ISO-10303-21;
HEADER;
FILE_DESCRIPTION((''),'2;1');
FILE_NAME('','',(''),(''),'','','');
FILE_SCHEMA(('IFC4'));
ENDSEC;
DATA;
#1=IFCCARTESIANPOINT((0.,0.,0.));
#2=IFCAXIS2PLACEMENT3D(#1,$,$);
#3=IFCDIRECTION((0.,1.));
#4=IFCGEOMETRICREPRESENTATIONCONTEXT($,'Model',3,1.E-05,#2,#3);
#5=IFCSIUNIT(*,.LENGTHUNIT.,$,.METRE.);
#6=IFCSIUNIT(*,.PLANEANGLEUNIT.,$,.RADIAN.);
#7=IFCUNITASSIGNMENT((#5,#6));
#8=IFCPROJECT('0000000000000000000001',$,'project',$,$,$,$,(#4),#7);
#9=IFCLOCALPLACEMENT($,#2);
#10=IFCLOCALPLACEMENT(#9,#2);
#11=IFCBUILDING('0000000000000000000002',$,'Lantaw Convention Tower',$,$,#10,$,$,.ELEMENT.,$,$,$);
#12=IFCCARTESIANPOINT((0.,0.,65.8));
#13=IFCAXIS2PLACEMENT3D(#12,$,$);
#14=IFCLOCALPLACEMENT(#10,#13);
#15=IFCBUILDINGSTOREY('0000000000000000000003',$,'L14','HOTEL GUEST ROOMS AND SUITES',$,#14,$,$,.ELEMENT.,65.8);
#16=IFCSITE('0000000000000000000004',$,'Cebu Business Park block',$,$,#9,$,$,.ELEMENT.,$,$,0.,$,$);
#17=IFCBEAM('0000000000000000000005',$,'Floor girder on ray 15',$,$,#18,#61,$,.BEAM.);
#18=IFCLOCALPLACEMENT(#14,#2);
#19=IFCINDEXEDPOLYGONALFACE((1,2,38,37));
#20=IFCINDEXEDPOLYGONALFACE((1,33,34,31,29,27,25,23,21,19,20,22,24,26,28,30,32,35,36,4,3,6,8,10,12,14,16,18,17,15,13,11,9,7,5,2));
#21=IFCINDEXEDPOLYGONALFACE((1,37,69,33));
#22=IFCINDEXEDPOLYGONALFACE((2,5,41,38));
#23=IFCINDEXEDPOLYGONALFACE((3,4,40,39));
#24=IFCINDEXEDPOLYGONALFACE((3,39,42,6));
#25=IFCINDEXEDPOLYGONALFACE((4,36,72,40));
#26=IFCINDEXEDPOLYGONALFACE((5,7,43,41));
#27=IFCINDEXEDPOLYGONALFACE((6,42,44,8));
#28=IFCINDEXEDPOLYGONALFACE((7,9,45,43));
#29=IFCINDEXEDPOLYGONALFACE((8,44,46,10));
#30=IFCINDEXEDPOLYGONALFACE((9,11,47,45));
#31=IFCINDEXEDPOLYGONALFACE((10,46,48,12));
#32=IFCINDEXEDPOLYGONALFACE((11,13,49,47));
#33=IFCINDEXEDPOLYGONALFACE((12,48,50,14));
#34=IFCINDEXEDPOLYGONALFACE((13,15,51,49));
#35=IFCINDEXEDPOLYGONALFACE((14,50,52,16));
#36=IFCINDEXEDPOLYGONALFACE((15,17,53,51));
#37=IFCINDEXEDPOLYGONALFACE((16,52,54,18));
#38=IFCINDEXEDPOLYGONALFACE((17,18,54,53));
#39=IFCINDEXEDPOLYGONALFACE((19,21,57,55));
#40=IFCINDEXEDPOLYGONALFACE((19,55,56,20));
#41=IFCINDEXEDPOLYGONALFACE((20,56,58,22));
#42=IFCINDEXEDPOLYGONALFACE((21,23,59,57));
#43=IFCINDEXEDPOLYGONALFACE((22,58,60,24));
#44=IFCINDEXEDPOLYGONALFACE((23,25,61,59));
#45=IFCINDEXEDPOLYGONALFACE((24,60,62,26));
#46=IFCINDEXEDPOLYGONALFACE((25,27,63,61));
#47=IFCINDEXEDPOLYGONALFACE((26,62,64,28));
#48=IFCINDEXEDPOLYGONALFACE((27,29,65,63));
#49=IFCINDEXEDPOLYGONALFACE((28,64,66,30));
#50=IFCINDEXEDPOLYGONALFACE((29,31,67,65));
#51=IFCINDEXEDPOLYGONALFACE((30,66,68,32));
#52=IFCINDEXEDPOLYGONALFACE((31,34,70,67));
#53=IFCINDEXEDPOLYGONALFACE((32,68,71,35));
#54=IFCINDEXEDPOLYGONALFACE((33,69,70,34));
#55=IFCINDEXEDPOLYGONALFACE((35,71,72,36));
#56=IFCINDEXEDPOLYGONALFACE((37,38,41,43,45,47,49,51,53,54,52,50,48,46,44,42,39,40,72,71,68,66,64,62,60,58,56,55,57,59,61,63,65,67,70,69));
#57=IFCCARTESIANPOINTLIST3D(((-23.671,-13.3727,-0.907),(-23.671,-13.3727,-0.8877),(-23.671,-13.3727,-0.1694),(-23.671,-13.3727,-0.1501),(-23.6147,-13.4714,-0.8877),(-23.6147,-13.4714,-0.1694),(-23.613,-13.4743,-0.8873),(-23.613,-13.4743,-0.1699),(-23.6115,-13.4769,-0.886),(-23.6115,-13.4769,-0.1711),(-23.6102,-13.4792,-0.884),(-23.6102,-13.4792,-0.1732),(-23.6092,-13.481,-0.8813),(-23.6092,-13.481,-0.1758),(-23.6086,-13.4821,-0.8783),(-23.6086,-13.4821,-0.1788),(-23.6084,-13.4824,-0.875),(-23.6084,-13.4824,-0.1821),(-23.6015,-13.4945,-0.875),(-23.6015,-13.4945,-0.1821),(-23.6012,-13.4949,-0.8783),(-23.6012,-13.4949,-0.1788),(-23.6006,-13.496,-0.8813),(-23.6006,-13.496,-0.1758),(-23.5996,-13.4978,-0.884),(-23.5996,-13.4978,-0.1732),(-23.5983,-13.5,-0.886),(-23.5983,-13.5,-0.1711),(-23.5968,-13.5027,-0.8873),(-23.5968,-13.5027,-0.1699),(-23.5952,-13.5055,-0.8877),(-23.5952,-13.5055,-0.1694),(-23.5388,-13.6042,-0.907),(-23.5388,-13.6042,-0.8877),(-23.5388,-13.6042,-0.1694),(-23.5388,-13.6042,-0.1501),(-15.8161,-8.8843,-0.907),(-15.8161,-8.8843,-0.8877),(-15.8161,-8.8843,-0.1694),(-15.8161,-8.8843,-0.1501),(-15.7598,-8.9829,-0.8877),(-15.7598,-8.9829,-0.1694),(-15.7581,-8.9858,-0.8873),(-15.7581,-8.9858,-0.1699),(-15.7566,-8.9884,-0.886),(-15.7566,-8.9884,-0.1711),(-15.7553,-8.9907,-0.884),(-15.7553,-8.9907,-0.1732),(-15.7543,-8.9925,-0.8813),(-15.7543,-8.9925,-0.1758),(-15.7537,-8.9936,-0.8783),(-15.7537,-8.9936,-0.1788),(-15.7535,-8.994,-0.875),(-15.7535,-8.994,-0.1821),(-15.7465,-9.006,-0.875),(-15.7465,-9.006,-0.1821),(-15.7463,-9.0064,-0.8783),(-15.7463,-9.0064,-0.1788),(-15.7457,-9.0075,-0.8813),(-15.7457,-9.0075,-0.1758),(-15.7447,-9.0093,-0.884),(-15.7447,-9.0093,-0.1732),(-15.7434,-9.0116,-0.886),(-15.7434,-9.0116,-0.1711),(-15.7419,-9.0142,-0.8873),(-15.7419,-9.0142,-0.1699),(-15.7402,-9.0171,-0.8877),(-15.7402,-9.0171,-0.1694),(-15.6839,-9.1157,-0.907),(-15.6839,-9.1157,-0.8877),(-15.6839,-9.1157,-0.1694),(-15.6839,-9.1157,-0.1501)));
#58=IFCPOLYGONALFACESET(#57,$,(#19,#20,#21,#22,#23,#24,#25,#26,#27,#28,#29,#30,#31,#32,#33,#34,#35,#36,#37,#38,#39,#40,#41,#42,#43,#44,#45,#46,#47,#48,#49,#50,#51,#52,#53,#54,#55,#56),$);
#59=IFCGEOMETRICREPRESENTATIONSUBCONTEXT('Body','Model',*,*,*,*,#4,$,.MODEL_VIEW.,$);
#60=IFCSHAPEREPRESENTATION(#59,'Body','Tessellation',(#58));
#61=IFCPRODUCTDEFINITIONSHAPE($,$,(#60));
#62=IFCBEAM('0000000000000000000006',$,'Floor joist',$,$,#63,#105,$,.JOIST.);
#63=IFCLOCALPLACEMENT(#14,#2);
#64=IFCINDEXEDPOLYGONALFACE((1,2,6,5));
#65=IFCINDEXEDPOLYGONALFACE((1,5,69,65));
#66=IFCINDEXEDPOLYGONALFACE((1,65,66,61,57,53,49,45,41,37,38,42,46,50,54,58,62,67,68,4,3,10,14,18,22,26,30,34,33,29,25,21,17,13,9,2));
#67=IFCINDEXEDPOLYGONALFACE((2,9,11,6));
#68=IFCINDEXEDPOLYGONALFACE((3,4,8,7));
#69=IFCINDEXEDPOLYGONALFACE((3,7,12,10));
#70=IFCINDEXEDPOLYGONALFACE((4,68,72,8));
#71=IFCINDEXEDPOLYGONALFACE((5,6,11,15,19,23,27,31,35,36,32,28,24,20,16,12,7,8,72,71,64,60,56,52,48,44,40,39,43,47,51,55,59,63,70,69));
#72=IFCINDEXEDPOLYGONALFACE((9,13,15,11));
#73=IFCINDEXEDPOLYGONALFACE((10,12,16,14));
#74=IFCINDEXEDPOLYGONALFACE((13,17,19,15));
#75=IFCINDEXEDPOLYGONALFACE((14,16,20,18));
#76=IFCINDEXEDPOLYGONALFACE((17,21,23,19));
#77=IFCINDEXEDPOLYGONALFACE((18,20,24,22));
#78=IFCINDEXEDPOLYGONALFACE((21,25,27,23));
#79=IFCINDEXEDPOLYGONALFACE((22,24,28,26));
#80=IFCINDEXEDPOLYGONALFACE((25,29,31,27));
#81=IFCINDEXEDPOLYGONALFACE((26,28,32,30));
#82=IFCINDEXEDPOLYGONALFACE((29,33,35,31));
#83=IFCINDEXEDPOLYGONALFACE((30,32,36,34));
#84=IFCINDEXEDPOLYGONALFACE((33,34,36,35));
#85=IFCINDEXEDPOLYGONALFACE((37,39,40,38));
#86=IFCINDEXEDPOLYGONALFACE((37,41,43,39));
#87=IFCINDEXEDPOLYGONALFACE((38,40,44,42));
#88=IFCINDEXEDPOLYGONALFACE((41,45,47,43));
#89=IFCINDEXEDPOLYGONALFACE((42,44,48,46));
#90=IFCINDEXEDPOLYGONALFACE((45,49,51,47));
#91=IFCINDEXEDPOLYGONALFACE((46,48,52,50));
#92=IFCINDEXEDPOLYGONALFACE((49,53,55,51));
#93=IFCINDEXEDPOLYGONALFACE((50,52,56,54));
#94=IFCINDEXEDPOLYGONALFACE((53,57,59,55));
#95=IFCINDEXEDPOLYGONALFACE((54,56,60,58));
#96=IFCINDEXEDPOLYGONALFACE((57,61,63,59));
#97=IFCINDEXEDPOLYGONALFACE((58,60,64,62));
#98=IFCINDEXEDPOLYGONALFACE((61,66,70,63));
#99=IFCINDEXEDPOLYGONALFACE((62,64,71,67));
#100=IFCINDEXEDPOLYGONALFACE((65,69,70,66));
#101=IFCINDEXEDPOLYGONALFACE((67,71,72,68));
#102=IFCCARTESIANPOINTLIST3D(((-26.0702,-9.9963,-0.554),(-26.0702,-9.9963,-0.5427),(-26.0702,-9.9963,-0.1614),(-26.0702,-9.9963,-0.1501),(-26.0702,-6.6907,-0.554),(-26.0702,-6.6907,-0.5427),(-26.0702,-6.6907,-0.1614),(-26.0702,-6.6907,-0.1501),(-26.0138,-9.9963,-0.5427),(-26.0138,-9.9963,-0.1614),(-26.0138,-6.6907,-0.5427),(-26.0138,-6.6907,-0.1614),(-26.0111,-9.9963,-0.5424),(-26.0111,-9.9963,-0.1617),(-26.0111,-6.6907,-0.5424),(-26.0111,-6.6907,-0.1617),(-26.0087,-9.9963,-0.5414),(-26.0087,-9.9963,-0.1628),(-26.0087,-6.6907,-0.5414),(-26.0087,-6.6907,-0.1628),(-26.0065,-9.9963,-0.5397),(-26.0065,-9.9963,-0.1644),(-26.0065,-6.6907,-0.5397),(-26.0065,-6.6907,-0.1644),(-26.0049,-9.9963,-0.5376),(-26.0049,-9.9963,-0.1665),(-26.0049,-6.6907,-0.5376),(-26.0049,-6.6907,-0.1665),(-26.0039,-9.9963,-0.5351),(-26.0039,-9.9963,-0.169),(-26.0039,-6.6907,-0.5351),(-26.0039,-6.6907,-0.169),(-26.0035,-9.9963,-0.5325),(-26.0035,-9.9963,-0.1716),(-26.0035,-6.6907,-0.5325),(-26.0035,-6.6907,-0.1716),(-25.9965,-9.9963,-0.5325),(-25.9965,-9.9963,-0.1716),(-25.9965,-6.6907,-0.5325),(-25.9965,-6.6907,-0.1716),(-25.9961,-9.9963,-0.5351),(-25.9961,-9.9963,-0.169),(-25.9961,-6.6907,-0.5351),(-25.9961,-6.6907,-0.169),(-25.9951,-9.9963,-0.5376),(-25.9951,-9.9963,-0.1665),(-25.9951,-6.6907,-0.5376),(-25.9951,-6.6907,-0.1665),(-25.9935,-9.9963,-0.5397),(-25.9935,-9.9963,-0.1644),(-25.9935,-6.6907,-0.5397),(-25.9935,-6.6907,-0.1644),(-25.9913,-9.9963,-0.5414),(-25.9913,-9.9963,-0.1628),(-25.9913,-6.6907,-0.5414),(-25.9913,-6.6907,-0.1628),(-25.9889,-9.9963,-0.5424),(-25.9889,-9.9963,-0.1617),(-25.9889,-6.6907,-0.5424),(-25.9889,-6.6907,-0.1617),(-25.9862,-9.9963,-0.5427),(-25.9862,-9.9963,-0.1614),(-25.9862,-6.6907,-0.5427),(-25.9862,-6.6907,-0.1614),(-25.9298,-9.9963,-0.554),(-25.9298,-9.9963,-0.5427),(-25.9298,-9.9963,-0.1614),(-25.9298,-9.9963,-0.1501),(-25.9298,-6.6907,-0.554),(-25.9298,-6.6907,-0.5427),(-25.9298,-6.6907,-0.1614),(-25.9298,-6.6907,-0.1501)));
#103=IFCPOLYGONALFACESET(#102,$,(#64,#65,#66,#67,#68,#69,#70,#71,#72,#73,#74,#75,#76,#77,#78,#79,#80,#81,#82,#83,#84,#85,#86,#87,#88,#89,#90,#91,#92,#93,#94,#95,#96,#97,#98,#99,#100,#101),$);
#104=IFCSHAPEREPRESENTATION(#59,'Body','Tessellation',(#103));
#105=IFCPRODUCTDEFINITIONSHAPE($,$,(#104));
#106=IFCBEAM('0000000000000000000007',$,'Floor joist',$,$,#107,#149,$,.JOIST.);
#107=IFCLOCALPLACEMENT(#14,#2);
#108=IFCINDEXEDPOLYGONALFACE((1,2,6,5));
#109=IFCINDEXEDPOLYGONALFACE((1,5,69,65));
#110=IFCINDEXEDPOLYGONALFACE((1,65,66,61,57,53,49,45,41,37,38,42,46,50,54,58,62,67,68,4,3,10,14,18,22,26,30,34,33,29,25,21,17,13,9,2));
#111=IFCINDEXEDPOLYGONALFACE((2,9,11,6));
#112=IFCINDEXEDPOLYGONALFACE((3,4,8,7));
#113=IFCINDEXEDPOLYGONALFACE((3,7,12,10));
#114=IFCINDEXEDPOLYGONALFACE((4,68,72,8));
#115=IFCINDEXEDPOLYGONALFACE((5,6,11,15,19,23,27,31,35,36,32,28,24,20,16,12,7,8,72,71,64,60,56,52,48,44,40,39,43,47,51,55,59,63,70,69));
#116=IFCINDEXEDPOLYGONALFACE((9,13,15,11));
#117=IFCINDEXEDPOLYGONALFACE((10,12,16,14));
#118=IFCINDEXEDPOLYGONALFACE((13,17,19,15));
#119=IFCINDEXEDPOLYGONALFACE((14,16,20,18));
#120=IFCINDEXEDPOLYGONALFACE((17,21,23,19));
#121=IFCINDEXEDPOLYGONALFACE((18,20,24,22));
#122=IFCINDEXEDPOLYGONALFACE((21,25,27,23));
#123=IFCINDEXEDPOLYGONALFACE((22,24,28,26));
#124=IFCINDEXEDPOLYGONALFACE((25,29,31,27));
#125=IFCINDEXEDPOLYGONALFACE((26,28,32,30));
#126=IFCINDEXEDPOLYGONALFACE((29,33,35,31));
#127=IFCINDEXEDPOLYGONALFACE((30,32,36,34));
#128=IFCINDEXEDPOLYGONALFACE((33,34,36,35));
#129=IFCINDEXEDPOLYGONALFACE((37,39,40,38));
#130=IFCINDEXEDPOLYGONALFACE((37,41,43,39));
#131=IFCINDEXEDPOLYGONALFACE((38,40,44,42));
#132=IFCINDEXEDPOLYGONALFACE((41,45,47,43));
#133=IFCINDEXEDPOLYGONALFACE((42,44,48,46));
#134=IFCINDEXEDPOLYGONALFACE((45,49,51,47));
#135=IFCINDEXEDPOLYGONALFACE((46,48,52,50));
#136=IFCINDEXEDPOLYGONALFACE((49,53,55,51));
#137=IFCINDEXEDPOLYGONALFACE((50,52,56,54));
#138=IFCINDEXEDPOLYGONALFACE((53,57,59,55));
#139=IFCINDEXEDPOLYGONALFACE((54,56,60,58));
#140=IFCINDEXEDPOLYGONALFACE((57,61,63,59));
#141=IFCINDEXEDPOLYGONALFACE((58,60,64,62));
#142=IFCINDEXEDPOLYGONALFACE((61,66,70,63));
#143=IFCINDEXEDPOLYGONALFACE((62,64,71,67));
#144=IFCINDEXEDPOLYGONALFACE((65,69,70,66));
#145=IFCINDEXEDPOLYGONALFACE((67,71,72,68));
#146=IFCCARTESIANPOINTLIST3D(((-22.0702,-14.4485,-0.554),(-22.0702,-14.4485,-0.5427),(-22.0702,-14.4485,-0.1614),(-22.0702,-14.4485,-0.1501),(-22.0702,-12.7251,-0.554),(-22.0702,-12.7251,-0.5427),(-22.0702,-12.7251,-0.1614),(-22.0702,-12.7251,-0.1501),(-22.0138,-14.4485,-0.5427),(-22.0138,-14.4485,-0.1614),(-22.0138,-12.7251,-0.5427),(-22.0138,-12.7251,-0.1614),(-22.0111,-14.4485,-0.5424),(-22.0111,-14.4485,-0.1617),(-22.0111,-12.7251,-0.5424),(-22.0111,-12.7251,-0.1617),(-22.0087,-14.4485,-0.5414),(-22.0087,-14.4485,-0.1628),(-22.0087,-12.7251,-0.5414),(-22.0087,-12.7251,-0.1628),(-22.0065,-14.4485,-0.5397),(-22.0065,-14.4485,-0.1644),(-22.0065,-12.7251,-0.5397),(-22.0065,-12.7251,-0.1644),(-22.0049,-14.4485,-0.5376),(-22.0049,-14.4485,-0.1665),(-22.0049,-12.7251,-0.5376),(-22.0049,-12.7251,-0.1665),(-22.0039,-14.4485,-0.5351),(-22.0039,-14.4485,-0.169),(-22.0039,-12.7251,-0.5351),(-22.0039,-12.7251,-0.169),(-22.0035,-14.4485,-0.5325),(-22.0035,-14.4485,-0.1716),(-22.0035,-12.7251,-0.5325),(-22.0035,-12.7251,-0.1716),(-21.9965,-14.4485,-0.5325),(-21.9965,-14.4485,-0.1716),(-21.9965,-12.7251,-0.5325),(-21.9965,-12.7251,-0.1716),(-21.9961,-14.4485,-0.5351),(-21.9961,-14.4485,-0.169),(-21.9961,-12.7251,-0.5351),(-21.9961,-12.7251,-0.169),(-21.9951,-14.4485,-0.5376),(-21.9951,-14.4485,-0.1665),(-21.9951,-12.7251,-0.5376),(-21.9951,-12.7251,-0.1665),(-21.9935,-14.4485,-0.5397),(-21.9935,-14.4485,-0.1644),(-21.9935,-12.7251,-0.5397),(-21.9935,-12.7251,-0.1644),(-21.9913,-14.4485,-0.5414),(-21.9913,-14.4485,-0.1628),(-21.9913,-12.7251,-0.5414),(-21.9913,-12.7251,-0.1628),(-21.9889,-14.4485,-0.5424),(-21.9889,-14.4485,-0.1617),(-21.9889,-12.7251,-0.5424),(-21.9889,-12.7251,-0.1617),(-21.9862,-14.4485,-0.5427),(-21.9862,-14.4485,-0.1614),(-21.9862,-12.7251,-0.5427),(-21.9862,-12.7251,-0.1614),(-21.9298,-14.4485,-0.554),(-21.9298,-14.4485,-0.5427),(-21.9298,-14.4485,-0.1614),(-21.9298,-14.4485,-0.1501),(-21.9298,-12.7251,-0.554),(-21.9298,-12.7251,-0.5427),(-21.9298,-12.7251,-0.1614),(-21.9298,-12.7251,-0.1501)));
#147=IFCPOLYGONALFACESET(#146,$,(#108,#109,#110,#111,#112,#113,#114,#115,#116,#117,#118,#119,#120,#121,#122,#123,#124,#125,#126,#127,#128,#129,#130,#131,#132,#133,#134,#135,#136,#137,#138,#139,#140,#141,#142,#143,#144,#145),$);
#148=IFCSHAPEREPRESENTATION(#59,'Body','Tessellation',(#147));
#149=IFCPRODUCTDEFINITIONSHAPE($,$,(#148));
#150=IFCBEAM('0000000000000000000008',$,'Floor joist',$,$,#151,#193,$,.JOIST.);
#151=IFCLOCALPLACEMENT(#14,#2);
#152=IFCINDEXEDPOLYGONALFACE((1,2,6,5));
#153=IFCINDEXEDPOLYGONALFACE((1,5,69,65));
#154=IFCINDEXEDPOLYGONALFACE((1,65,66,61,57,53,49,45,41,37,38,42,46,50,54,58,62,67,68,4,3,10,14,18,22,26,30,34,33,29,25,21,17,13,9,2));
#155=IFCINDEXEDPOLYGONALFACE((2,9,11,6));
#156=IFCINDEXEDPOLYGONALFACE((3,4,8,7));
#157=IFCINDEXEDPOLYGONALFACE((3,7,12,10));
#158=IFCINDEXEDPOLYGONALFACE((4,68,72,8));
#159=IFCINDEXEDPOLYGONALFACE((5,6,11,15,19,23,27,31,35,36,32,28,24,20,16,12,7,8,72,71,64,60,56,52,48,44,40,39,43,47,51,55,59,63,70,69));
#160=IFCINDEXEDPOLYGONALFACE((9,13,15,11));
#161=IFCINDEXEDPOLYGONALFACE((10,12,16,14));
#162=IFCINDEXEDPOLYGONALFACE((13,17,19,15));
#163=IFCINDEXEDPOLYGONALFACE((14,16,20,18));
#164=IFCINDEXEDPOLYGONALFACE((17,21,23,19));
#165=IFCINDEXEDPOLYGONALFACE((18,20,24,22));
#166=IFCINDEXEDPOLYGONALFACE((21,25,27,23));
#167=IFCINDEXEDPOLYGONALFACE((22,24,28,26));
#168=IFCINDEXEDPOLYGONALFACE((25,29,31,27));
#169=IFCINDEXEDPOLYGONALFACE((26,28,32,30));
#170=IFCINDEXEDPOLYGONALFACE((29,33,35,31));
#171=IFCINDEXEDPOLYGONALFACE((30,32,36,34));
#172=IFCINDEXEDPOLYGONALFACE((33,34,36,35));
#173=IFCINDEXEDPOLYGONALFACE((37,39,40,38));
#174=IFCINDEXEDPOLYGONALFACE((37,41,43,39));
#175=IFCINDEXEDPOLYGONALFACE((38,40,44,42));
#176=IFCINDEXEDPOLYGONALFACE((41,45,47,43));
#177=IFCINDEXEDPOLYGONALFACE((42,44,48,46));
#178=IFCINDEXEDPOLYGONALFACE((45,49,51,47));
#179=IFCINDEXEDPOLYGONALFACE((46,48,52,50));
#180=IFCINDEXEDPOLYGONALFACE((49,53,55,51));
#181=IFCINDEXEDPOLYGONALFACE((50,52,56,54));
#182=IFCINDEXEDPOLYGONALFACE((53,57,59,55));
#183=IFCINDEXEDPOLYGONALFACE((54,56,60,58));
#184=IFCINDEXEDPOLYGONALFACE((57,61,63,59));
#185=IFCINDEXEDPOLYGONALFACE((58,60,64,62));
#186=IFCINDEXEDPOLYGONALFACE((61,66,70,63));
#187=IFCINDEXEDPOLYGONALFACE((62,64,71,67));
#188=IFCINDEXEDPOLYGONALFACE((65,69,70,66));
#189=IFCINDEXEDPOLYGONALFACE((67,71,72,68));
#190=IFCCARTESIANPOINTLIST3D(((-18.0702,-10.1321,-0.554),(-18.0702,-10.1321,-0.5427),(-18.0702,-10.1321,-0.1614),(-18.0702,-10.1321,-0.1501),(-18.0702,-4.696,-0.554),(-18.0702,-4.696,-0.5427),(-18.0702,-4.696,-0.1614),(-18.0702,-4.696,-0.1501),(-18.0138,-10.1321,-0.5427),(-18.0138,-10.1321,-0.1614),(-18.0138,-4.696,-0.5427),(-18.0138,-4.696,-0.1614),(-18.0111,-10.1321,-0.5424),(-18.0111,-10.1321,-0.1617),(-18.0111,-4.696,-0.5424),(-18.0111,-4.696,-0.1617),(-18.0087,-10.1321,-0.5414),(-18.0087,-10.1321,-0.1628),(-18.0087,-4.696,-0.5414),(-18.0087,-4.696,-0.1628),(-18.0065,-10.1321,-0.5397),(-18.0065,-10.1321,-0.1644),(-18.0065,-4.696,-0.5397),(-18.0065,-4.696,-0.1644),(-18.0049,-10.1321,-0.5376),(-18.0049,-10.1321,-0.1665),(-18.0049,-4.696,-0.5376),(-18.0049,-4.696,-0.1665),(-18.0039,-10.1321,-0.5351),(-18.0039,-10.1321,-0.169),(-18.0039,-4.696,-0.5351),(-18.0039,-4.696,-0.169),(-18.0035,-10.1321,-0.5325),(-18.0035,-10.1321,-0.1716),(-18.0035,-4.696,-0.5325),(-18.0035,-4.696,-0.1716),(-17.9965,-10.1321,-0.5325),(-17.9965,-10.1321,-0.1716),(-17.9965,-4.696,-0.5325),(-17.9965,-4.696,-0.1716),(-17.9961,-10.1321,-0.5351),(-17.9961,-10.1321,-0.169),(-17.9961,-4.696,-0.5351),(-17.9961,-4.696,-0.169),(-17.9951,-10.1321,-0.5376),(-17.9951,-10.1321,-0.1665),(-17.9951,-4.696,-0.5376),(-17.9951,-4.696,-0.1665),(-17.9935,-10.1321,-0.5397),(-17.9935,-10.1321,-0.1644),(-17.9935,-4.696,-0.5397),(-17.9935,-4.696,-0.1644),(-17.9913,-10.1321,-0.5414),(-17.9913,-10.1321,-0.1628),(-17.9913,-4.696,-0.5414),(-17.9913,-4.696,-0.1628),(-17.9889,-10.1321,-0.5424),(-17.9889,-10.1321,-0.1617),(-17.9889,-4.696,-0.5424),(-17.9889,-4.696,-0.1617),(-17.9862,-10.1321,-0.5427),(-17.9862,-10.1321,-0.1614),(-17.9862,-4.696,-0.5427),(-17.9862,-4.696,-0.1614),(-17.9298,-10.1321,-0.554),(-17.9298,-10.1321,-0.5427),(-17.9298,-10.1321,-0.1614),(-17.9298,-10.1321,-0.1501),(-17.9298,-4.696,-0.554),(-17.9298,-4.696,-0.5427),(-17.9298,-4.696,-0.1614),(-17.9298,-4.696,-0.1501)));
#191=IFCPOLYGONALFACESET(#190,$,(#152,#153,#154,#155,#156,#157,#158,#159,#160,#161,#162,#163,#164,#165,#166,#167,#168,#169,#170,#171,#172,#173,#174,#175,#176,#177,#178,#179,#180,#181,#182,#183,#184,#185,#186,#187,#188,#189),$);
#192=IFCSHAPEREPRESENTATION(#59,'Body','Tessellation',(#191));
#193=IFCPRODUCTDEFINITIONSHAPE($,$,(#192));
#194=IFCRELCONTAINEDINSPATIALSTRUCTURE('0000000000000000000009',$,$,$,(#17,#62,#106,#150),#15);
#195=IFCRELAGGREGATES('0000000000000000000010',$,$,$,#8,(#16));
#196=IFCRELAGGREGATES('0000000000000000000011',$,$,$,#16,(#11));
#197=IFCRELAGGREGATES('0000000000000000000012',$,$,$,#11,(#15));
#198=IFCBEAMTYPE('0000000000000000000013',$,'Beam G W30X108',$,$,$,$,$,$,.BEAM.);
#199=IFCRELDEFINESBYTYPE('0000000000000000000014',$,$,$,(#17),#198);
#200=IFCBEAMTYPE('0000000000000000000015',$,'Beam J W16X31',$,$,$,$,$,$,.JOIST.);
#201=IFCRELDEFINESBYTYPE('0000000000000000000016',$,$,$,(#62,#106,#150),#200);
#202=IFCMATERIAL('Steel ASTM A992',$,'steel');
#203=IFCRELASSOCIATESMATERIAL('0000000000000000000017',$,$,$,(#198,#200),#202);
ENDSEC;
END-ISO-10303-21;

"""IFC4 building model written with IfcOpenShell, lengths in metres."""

from ifc_helpers import new_model, si_unit, direction, frame, origin, origin_2d, place, context, subcontext, project, spatial, i_section, extrude, material, material_profile, profile_set, type_object, element, save


model = new_model("IFC4")

# Units and contexts
model_context = context("Model", 3, precision=1e-05, world=origin(), true_north=direction((0.0, 1.0)))
body_context = subcontext(model_context, "Body", "Model", "MODEL_VIEW")
ifc_project = project(units=[si_unit("LENGTHUNIT", "METRE"), si_unit("PLANEANGLEUNIT", "RADIAN")], contexts=[model_context])

# Site, building, storey
site_placement = place(None, origin())
site = spatial("IfcSite", under=ifc_project, at=site_placement, Name="Cebu Business Park block", CompositionType="ELEMENT", RefElevation=0.0)
building_placement = place(site_placement, origin())
building = spatial("IfcBuilding", under=site, at=building_placement, Name="Lantaw Convention Tower", CompositionType="ELEMENT")
storey_placement = place(building_placement, frame((0.0, 0.0, 65.8)))
storey = spatial("IfcBuildingStorey", under=building, at=storey_placement, Name="L14", Description="HOTEL GUEST ROOMS AND SUITES", CompositionType="ELEMENT", Elevation=65.8)

# Beams
ifc_material_1 = material(Name="Steel ASTM A992", Category="steel")
ifc_material_profile_1 = material_profile(ifc_material_1, i_section(OverallWidth=0.2666, OverallDepth=0.7568, WebThickness=0.0139, FlangeThickness=0.0193, FilletRadius=0.0127, at=origin_2d()), Name="W30X108")
ifc_profile_set_1 = profile_set([ifc_material_profile_1], Name="Steel ASTM A992")
beam_type_1 = type_object("IfcBeamType", Name="Beam G W30X108", PredefinedType="BEAM", material=ifc_profile_set_1)
beam_1_placement = place(storey_placement, frame((-15.75, -9.0, -0.5286), z_axis=(-0.868245, -0.496136, 0.0), x_axis=(0.496136, -0.868245, 0.0)))
element("IfcBeam", 1, at=beam_1_placement, inside=storey, type_object=beam_type_1, Name="Floor girder on ray 15", PredefinedType="BEAM", context=body_context, shape_type="SweptSolid", body=[
    extrude(i_section(OverallWidth=0.2666, OverallDepth=0.7568, WebThickness=0.0139, FlangeThickness=0.0193, FilletRadius=0.0127, at=origin_2d()), origin(), (0.0, 0.0, 1.0), 9.0469),
])
ifc_material_profile_2 = material_profile(ifc_material_1, i_section(OverallWidth=0.1404, OverallDepth=0.4038, WebThickness=0.0071, FlangeThickness=0.0112, FilletRadius=0.0103, at=origin_2d()), Name="W16X31")
ifc_profile_set_2 = profile_set([ifc_material_profile_2], Name="Steel ASTM A992")
beam_type_2 = type_object("IfcBeamType", Name="Beam J W16X31", PredefinedType="JOIST", material=ifc_profile_set_2)
beam_2_placement = place(storey_placement, frame((-26.0, -9.9963, -0.3521), z_axis=(0.0, 1.0, 0.0), x_axis=(-1.0, 0.0, 0.0)))
element("IfcBeam", 2, at=beam_2_placement, inside=storey, type_object=beam_type_2, Name="Floor joist", PredefinedType="JOIST", context=body_context, shape_type="SweptSolid", body=[
    extrude(i_section(OverallWidth=0.1404, OverallDepth=0.4038, WebThickness=0.0071, FlangeThickness=0.0112, FilletRadius=0.0103, at=origin_2d()), origin(), (0.0, 0.0, 1.0), 3.3057),
])
beam_3_placement = place(storey_placement, frame((-22.0, -14.4485, -0.3521), z_axis=(0.0, 1.0, 0.0), x_axis=(-1.0, 0.0, 0.0)))
element("IfcBeam", 3, at=beam_3_placement, inside=storey, type_object=beam_type_2, Name="Floor joist", PredefinedType="JOIST", context=body_context, shape_type="SweptSolid", body=[
    extrude(i_section(OverallWidth=0.1404, OverallDepth=0.4038, WebThickness=0.0071, FlangeThickness=0.0112, FilletRadius=0.0103, at=origin_2d()), origin(), (0.0, 0.0, 1.0), 1.7234),
])
beam_4_placement = place(storey_placement, frame((-18.0, -10.1321, -0.3521), z_axis=(0.0, 1.0, 0.0), x_axis=(-1.0, 0.0, 0.0)))
element("IfcBeam", 4, at=beam_4_placement, inside=storey, type_object=beam_type_2, Name="Floor joist", PredefinedType="JOIST", context=body_context, shape_type="SweptSolid", body=[
    extrude(i_section(OverallWidth=0.1404, OverallDepth=0.4038, WebThickness=0.0071, FlangeThickness=0.0112, FilletRadius=0.0103, at=origin_2d()), origin(), (0.0, 0.0, 1.0), 5.436),
])

save(model, "model.ifc")
